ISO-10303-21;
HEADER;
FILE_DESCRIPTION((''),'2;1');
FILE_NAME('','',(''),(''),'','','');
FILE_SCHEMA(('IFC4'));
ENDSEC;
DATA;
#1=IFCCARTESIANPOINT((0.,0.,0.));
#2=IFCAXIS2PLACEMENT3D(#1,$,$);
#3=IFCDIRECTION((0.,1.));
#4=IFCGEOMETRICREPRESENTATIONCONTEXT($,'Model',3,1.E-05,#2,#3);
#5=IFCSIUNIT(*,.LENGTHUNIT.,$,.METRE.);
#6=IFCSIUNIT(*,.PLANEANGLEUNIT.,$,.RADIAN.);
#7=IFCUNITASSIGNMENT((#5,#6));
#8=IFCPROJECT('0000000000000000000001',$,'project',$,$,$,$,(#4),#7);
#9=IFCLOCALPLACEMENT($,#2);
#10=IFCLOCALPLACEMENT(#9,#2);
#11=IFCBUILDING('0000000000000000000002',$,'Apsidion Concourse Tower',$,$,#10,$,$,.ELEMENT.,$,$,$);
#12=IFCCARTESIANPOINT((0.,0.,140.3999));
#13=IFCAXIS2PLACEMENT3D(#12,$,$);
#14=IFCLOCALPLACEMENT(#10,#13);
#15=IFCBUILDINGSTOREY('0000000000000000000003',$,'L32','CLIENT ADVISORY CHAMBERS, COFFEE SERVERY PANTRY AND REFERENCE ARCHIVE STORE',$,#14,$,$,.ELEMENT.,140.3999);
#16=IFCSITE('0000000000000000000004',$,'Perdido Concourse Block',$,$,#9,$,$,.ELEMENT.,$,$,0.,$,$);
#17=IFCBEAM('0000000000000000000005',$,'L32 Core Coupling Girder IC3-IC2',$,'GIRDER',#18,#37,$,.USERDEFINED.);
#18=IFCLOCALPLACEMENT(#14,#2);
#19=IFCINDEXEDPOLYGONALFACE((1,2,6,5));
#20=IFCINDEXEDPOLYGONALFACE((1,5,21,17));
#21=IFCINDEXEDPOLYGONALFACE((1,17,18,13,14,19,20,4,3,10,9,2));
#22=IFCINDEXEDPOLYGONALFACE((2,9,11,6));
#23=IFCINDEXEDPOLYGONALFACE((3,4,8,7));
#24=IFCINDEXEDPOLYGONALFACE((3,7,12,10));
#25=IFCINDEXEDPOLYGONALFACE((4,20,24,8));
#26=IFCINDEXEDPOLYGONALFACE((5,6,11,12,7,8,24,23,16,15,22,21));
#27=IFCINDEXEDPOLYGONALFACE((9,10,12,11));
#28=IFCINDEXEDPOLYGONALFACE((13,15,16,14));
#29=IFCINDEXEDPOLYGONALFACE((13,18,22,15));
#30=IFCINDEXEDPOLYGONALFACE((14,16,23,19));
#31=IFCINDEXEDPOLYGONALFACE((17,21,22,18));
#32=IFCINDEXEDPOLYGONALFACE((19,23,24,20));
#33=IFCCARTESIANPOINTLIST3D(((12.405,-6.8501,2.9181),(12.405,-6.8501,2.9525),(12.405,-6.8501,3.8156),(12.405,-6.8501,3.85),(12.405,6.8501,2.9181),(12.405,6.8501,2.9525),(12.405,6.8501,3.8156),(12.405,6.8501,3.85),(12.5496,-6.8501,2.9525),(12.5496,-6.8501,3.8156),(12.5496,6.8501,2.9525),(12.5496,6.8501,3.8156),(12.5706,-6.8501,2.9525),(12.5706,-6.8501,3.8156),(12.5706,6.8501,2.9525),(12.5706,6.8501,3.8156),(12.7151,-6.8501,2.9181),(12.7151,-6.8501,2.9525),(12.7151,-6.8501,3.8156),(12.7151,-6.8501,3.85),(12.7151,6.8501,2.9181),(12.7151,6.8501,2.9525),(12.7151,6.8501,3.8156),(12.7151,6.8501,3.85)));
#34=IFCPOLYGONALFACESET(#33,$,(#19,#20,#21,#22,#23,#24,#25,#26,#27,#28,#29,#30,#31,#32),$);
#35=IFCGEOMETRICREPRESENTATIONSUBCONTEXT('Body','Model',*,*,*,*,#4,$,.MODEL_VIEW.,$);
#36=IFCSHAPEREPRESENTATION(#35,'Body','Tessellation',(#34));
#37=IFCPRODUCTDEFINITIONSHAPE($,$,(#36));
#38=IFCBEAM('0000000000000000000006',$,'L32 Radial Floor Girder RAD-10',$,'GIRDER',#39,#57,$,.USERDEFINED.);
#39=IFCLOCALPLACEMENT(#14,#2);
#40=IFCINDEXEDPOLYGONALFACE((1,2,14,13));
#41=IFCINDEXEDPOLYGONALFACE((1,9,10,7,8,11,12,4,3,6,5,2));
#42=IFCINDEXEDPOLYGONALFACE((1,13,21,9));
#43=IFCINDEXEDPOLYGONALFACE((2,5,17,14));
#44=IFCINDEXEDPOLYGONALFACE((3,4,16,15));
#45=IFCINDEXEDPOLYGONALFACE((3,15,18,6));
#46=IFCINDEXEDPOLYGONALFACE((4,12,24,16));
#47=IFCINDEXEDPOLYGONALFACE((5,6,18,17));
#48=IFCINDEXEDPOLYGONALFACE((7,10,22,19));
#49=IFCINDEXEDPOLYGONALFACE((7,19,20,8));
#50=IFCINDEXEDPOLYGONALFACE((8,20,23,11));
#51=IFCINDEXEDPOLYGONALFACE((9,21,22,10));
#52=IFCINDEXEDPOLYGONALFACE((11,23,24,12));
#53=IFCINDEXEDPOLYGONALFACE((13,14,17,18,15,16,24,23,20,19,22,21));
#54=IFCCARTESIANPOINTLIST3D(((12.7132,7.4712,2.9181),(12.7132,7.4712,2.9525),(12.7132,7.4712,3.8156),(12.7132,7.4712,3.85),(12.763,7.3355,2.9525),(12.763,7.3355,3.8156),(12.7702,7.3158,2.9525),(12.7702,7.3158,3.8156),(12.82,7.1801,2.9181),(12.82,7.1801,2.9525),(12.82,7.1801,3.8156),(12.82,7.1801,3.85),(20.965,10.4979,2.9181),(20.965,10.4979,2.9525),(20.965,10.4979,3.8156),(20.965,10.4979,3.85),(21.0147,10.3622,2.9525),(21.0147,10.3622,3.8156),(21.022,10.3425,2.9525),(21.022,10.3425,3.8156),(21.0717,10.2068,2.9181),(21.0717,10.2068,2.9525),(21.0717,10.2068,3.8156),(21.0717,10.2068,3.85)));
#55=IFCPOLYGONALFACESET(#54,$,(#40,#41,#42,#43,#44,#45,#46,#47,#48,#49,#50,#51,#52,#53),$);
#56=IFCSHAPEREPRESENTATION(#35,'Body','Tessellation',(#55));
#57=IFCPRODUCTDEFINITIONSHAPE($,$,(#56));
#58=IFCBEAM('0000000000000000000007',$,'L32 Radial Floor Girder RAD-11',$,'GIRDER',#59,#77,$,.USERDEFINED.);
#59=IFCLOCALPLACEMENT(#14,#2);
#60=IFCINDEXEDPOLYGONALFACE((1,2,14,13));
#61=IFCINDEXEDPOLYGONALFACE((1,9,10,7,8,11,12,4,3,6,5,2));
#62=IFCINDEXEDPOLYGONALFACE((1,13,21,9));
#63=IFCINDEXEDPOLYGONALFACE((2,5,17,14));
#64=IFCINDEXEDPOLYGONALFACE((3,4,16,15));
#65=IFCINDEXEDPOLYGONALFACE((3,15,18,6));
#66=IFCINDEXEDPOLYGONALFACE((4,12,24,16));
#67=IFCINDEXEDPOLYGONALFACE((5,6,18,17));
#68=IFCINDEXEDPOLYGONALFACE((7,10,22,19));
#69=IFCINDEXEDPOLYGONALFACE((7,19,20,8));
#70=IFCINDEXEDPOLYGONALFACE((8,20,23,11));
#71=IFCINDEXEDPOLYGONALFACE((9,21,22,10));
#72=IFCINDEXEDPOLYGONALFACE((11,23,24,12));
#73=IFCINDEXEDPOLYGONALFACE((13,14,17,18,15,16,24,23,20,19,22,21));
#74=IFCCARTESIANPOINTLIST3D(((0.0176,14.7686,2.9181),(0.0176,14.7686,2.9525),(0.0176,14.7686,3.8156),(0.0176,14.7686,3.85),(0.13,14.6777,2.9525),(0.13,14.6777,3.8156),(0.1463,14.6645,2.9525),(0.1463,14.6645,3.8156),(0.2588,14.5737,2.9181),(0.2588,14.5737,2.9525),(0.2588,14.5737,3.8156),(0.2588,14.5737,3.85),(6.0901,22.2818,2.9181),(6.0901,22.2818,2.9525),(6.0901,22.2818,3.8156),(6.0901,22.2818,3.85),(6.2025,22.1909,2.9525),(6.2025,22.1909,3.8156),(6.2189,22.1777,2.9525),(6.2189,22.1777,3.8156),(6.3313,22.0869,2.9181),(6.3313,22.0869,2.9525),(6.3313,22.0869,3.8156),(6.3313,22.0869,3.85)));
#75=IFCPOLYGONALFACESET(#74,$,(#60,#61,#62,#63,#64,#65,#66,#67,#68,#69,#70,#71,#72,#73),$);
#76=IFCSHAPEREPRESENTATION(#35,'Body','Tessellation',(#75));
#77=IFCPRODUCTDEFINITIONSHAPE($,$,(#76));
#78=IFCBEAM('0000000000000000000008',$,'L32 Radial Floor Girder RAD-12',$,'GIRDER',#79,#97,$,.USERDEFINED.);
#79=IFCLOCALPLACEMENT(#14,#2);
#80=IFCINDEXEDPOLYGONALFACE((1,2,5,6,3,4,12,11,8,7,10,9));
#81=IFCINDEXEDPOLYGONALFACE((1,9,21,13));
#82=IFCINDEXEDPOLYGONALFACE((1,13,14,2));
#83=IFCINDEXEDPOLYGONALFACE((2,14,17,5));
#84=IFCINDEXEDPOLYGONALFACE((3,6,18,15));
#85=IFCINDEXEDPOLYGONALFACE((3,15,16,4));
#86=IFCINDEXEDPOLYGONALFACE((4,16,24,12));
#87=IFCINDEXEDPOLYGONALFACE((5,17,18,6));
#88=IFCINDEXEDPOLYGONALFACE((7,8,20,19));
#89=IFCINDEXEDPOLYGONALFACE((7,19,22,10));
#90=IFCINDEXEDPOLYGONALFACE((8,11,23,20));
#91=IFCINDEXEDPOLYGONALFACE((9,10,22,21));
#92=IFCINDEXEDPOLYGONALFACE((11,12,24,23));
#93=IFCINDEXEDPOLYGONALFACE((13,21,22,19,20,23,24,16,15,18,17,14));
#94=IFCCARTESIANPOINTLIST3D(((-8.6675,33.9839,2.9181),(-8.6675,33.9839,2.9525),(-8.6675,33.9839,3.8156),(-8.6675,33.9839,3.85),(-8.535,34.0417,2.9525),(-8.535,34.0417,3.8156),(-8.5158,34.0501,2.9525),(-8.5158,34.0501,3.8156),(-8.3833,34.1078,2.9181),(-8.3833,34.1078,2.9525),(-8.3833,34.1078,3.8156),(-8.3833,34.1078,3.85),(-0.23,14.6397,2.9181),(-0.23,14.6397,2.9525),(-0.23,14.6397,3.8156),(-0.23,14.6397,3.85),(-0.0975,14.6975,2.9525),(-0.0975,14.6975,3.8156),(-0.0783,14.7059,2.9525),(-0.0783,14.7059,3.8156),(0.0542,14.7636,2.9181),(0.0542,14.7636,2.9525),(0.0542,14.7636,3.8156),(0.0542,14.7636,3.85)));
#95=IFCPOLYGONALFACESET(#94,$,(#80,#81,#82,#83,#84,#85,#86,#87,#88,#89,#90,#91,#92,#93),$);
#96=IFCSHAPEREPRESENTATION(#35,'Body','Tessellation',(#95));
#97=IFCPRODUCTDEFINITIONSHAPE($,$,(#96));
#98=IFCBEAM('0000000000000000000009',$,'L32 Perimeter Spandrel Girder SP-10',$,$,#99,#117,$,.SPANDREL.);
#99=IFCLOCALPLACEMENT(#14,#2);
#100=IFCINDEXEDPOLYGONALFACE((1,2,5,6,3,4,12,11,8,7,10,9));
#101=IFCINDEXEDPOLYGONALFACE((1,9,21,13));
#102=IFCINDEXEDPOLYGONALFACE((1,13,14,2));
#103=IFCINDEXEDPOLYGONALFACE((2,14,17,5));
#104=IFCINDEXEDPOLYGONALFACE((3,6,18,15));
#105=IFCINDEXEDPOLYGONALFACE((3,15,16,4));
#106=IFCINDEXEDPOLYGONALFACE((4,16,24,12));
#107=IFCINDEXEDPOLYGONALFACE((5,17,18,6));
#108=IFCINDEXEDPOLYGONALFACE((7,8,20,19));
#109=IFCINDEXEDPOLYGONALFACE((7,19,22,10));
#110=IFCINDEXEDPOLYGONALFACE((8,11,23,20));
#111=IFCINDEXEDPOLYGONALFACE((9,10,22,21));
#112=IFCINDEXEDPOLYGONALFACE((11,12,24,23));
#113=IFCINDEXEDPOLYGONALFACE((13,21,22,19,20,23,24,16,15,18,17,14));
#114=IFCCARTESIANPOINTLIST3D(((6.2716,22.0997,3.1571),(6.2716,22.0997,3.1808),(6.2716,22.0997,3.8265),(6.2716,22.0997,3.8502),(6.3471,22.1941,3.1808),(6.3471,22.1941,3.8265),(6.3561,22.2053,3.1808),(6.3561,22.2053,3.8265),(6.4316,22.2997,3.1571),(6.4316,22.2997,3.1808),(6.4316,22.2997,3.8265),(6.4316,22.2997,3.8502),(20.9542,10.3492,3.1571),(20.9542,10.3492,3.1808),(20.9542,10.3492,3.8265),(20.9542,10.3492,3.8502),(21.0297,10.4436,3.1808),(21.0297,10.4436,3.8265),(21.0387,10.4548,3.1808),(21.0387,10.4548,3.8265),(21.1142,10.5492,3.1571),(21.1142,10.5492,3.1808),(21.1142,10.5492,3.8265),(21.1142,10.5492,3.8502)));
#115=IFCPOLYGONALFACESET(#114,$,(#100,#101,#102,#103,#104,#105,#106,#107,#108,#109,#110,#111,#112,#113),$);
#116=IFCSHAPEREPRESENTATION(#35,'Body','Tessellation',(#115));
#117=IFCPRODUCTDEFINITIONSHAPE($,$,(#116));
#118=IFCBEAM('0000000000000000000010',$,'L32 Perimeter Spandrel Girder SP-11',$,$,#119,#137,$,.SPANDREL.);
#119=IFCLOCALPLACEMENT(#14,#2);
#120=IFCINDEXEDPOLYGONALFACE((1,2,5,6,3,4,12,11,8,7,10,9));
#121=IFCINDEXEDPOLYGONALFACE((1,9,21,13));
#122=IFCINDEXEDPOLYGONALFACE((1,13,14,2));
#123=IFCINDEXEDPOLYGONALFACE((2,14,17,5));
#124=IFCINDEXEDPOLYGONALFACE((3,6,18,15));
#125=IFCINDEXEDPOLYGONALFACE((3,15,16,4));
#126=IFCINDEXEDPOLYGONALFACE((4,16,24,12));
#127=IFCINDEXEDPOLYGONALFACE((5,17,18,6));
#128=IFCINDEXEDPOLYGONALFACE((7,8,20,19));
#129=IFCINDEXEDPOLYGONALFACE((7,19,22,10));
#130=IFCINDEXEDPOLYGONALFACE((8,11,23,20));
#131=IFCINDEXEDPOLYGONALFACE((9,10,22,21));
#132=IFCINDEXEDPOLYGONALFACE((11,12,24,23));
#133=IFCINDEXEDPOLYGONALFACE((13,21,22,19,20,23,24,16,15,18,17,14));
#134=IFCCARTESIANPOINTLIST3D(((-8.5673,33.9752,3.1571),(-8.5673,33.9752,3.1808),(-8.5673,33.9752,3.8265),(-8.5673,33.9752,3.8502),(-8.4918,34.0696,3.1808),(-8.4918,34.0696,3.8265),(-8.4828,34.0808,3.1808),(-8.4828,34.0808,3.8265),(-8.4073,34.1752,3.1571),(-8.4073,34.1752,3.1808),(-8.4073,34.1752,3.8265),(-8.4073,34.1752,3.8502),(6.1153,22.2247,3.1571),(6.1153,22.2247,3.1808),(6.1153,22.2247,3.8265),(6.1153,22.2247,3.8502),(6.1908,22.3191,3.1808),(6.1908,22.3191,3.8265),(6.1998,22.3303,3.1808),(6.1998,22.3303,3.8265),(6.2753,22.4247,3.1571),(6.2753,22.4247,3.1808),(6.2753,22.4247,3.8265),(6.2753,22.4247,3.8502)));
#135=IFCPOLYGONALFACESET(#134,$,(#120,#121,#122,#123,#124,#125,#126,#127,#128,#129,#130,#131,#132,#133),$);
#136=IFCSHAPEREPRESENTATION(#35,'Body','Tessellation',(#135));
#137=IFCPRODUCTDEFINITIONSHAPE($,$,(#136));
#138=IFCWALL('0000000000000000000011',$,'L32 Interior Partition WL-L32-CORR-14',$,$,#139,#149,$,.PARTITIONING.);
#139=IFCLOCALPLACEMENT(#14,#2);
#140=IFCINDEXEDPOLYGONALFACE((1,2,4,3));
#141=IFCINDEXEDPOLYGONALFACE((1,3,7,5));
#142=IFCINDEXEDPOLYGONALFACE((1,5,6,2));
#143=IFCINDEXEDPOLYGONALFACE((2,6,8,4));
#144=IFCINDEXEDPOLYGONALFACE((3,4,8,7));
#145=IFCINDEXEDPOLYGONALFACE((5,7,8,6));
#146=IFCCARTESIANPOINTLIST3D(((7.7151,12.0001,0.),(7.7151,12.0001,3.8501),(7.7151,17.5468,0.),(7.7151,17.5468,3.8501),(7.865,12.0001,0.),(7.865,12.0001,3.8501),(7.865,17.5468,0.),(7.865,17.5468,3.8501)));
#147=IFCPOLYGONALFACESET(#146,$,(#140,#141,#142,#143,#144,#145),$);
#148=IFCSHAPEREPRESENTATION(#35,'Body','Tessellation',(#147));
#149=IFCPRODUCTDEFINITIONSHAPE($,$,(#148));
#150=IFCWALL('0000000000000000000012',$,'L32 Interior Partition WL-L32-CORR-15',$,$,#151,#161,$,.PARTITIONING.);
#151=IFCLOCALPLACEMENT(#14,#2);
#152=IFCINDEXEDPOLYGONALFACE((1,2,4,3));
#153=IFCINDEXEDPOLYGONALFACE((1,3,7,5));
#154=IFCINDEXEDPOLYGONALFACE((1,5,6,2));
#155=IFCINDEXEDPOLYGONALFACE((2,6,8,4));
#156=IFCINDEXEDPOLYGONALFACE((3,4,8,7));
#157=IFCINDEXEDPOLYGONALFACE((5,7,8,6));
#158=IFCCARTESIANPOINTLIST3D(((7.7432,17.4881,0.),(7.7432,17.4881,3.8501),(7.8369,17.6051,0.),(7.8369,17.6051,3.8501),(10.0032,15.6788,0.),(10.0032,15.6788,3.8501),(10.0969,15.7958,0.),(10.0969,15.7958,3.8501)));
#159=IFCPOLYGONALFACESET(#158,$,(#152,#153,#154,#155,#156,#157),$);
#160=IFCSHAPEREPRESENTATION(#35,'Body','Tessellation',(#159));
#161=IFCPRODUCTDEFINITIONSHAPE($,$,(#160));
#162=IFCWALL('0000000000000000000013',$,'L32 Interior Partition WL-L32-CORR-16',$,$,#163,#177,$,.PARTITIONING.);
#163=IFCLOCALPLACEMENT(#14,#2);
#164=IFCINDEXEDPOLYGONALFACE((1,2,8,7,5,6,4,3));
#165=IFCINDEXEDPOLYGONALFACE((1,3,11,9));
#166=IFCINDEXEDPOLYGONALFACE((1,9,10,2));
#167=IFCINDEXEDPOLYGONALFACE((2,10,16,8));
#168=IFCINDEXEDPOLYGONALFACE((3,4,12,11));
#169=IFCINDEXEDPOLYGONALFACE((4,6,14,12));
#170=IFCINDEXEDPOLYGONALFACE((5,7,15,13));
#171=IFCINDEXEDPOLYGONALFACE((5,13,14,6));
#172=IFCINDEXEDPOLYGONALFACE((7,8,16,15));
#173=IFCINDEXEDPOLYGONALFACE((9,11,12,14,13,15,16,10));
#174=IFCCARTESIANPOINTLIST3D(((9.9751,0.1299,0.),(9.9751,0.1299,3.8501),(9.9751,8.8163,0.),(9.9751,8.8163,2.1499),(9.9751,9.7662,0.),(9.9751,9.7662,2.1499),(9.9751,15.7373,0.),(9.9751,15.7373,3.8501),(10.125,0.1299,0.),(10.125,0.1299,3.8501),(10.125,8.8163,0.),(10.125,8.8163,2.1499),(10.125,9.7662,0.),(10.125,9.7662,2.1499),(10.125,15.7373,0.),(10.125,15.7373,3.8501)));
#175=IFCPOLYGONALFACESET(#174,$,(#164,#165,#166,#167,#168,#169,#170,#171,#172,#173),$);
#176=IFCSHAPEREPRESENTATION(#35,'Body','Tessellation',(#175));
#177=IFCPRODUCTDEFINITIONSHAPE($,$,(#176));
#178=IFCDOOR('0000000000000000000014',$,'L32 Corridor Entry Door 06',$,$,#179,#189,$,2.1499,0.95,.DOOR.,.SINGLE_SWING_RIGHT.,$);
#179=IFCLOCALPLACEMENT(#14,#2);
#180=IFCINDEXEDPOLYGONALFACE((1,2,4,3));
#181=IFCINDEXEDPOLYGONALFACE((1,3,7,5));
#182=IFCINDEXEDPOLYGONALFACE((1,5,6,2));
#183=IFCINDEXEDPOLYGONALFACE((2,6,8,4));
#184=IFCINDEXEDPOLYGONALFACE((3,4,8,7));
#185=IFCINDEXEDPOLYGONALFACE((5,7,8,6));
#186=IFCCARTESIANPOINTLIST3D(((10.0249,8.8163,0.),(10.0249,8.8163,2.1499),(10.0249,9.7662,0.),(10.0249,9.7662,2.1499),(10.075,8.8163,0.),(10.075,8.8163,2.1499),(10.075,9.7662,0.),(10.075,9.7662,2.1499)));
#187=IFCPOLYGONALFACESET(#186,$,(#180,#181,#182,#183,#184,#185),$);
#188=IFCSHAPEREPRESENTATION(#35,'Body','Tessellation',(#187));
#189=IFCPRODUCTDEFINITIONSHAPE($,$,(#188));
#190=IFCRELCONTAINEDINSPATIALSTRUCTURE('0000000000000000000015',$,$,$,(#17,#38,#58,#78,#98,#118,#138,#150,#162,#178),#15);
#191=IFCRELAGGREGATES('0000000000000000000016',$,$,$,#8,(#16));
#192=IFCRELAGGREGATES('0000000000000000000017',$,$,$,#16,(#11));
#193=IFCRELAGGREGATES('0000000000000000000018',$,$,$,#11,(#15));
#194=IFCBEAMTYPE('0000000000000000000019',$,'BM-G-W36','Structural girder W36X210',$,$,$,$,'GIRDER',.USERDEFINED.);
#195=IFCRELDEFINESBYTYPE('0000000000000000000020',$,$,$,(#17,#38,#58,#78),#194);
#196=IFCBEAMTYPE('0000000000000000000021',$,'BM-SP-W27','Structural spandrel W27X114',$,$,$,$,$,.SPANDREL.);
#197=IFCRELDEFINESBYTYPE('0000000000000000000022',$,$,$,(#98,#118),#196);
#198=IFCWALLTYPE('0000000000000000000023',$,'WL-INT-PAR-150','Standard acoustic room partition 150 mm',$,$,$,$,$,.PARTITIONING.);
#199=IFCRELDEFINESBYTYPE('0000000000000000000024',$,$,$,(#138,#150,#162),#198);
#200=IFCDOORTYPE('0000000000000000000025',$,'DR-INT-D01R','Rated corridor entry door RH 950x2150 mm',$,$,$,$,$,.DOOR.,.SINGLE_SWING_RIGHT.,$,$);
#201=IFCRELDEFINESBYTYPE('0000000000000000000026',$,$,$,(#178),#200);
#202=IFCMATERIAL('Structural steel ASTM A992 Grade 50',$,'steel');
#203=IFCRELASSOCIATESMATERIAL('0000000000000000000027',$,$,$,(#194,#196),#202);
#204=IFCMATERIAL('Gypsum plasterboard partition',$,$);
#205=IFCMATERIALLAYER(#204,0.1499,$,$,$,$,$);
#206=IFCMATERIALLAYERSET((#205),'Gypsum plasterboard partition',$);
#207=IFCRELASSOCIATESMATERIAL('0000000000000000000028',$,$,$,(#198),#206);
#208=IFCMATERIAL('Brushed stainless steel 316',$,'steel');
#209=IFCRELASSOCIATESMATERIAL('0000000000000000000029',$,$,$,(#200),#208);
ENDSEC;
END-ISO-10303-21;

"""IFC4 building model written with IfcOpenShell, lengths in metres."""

from ifc_helpers import new_model, si_unit, direction, frame, frame_2d, origin, origin_2d, place, context, subcontext, project, spatial, rectangle, i_section, extrude, material, layer, layer_set, material_profile, profile_set, type_object, element, fill, save


model = new_model("IFC4")

# Units and contexts
model_context = context("Model", 3, precision=1e-05, world=origin(), true_north=direction((0.0, 1.0)))
body_context = subcontext(model_context, "Body", "Model", "MODEL_VIEW")
ifc_project = project(units=[si_unit("LENGTHUNIT", "METRE"), si_unit("PLANEANGLEUNIT", "RADIAN")], contexts=[model_context])

# Site, building, storey
site_placement = place(None, origin())
site = spatial("IfcSite", under=ifc_project, at=site_placement, Name="Perdido Concourse Block", CompositionType="ELEMENT", RefElevation=0.0)
building_placement = place(site_placement, origin())
building = spatial("IfcBuilding", under=site, at=building_placement, Name="Apsidion Concourse Tower", CompositionType="ELEMENT")
storey_placement = place(building_placement, frame((0.0, 0.0, 140.3999)))
storey = spatial("IfcBuildingStorey", under=building, at=storey_placement, Name="L32", Description="CLIENT ADVISORY CHAMBERS, COFFEE SERVERY PANTRY AND REFERENCE ARCHIVE STORE", CompositionType="ELEMENT", Elevation=140.3999)

# Shared definitions
ifc_material_1 = material(Name="Structural steel ASTM A992 Grade 50", Category="steel")

# Beams
ifc_material_profile_1 = material_profile(ifc_material_1, i_section(OverallWidth=0.3101, OverallDepth=0.9319, WebThickness=0.021, FlangeThickness=0.0344, at=origin_2d()), Name="W36X210")
ifc_profile_set_1 = profile_set([ifc_material_profile_1], Name="Structural steel ASTM A992 Grade 50")
beam_type_1 = type_object("IfcBeamType", Name="BM-G-W36", Description="Structural girder W36X210", ElementType="GIRDER", PredefinedType="USERDEFINED", material=ifc_profile_set_1)
beam_1_placement = place(storey_placement, frame((12.5601, 6.8501, 3.384), z_axis=(0.0, -1.0, 0.0), x_axis=(1.0, 0.0, 0.0)))
element("IfcBeam", 1, at=beam_1_placement, inside=storey, type_object=beam_type_1, Name="L32 Core Coupling Girder IC3-IC2", ObjectType="GIRDER", PredefinedType="USERDEFINED", context=body_context, shape_type="SweptSolid", body=[
    extrude(i_section(OverallWidth=0.3101, OverallDepth=0.9319, WebThickness=0.021, FlangeThickness=0.0344, at=origin_2d()), origin(), (0.0, 0.0, 1.0), 13.7002),
])
beam_2_placement = place(storey_placement, frame((12.7666, 7.3257, 3.384), z_axis=(0.93884, 0.344353, 0.0), x_axis=(-0.344353, 0.93884, 0.0)))
element("IfcBeam", 2, at=beam_2_placement, inside=storey, type_object=beam_type_1, Name="L32 Radial Floor Girder RAD-10", ObjectType="GIRDER", PredefinedType="USERDEFINED", context=body_context, shape_type="SweptSolid", body=[
    extrude(i_section(OverallWidth=0.3101, OverallDepth=0.9319, WebThickness=0.021, FlangeThickness=0.0344, at=origin_2d()), origin(), (0.0, 0.0, 1.0), 8.7893),
])
beam_3_placement = place(storey_placement, frame((0.1382, 14.6711, 3.384), z_axis=(0.628598, 0.77773, 0.0), x_axis=(-0.77773, 0.628598, 0.0)))
element("IfcBeam", 3, at=beam_3_placement, inside=storey, type_object=beam_type_1, Name="L32 Radial Floor Girder RAD-11", ObjectType="GIRDER", PredefinedType="USERDEFINED", context=body_context, shape_type="SweptSolid", body=[
    extrude(i_section(OverallWidth=0.3101, OverallDepth=0.9319, WebThickness=0.021, FlangeThickness=0.0344, at=origin_2d()), origin(), (0.0, 0.0, 1.0), 9.6604),
])
beam_4_placement = place(storey_placement, frame((-0.0879, 14.7017, 3.384), z_axis=(-0.3998, 0.916602, 0.0), x_axis=(-0.916602, -0.3998, 0.0)))
element("IfcBeam", 4, at=beam_4_placement, inside=storey, type_object=beam_type_1, Name="L32 Radial Floor Girder RAD-12", ObjectType="GIRDER", PredefinedType="USERDEFINED", context=body_context, shape_type="SweptSolid", body=[
    extrude(i_section(OverallWidth=0.3101, OverallDepth=0.9319, WebThickness=0.021, FlangeThickness=0.0344, at=origin_2d()), origin(), (0.0, 0.0, 1.0), 21.1042),
])
ifc_material_profile_2 = material_profile(ifc_material_1, i_section(OverallWidth=0.2561, OverallDepth=0.6931, WebThickness=0.0144, FlangeThickness=0.0237, at=origin_2d()), Name="W27X114")
ifc_profile_set_2 = profile_set([ifc_material_profile_2], Name="Structural steel ASTM A992 Grade 50")
beam_type_2 = type_object("IfcBeamType", Name="BM-SP-W27", Description="Structural spandrel W27X114", PredefinedType="SPANDREL", material=ifc_profile_set_2)
for number, where, z_axis, x_axis, name in (
    (5, (21.0342, 10.4492, 3.5037), (-0.780755, 0.624838, 0.0), (-0.624838, -0.780755, 0.0), "L32 Perimeter Spandrel Girder SP-10"),
    (6, (6.1953, 22.3247, 3.5037), (-0.780755, 0.624838, 0.0), (-0.624838, -0.780755, 0.0), "L32 Perimeter Spandrel Girder SP-11"),
):
    element("IfcBeam", number, at=place(storey_placement, frame(where, z_axis=z_axis, x_axis=x_axis)), inside=storey, type_object=beam_type_2, Name=name, PredefinedType="SPANDREL", context=body_context, shape_type="SweptSolid", body=[
        extrude(i_section(OverallWidth=0.2561, OverallDepth=0.6931, WebThickness=0.0144, FlangeThickness=0.0237, at=origin_2d()), origin(), (0.0, 0.0, 1.0), 18.8057),
    ])

# Walls
ifc_material_2 = material(Name="Gypsum plasterboard partition")
ifc_layer = layer(ifc_material_2, 0.1499)
ifc_layer_set = layer_set([ifc_layer], Name="Gypsum plasterboard partition")
wall_type = type_object("IfcWallType", Name="WL-INT-PAR-150", Description="Standard acoustic room partition 150 mm", PredefinedType="PARTITIONING", material=ifc_layer_set)
wall_1_placement = place(storey_placement, frame((7.79, 12.0, 0.0), z_axis=(0.0, 0.0, 1.0), x_axis=(0.0, 1.0, 0.0)))
element("IfcWall", 7, at=wall_1_placement, inside=storey, type_object=wall_type, Name="L32 Interior Partition WL-L32-CORR-14", PredefinedType="PARTITIONING", context=body_context, shape_type="SweptSolid", body=[
    extrude(rectangle(XDim=5.5466, YDim=0.1499, at=frame_2d((2.7734, 0.0))), origin(), (0.0, 0.0, 1.0), 3.8501),
])
wall_2_placement = place(storey_placement, frame((7.79, 17.5466, 0.0), z_axis=(0.0, 0.0, 1.0), x_axis=(0.780647, -0.624973, 0.0)))
element("IfcWall", 8, at=wall_2_placement, inside=storey, type_object=wall_type, Name="L32 Interior Partition WL-L32-CORR-15", PredefinedType="PARTITIONING", context=body_context, shape_type="SweptSolid", body=[
    extrude(rectangle(XDim=2.895, YDim=0.1499, at=frame_2d((1.4475, 0.0))), origin(), (0.0, 0.0, 1.0), 3.8501),
])

# Wall, opening, door
wall_3_placement = place(storey_placement, frame((10.05, 15.7373, 0.0), z_axis=(0.0, 0.0, 1.0), x_axis=(0.0, -1.0, 0.0)))
wall_3 = element("IfcWall", 9, at=wall_3_placement, inside=storey, type_object=wall_type, Name="L32 Interior Partition WL-L32-CORR-16", PredefinedType="PARTITIONING", context=body_context, shape_type="SweptSolid", body=[
    extrude(rectangle(XDim=15.6074, YDim=0.1499, at=frame_2d((7.8037, 0.0))), origin(), (0.0, 0.0, 1.0), 3.8501),
])
opening_placement = place(wall_3_placement, frame((5.9709, 0.0, 0.0)))
opening = element("IfcOpeningElement", 10, at=opening_placement, cuts=wall_3, PredefinedType="OPENING", context=body_context, shape_type="SweptSolid", body=[
    extrude(rectangle(XDim=0.95, YDim=2.1499, at=frame_2d((0.4751, 1.075))), frame((0.0, 0.085, 0.0), z_axis=(0.0, -1.0, 0.0), x_axis=(1.0, 0.0, 0.0)), (0.0, 0.0, 1.0), 0.1699),
])
ifc_material_3 = material(Name="Brushed stainless steel 316", Category="steel")
door_type = type_object("IfcDoorType", Name="DR-INT-D01R", Description="Rated corridor entry door RH 950x2150 mm", OperationType="SINGLE_SWING_RIGHT", PredefinedType="DOOR", material=ifc_material_3)
door_placement = place(opening_placement, origin())
door = element("IfcDoor", 11, at=door_placement, inside=storey, type_object=door_type, Name="L32 Corridor Entry Door 06", OperationType="SINGLE_SWING_RIGHT", OverallHeight=2.1499, OverallWidth=0.95, PredefinedType="DOOR", context=body_context, shape_type="SweptSolid", body=[
    extrude(rectangle(XDim=0.95, YDim=2.1499, at=frame_2d((0.4751, 1.075))), frame((0.0, 0.0249, 0.0), z_axis=(0.0, -1.0, 0.0), x_axis=(1.0, 0.0, 0.0)), (0.0, 0.0, 1.0), 0.05),
])
fill(opening, door)

save(model, "model.ifc")
